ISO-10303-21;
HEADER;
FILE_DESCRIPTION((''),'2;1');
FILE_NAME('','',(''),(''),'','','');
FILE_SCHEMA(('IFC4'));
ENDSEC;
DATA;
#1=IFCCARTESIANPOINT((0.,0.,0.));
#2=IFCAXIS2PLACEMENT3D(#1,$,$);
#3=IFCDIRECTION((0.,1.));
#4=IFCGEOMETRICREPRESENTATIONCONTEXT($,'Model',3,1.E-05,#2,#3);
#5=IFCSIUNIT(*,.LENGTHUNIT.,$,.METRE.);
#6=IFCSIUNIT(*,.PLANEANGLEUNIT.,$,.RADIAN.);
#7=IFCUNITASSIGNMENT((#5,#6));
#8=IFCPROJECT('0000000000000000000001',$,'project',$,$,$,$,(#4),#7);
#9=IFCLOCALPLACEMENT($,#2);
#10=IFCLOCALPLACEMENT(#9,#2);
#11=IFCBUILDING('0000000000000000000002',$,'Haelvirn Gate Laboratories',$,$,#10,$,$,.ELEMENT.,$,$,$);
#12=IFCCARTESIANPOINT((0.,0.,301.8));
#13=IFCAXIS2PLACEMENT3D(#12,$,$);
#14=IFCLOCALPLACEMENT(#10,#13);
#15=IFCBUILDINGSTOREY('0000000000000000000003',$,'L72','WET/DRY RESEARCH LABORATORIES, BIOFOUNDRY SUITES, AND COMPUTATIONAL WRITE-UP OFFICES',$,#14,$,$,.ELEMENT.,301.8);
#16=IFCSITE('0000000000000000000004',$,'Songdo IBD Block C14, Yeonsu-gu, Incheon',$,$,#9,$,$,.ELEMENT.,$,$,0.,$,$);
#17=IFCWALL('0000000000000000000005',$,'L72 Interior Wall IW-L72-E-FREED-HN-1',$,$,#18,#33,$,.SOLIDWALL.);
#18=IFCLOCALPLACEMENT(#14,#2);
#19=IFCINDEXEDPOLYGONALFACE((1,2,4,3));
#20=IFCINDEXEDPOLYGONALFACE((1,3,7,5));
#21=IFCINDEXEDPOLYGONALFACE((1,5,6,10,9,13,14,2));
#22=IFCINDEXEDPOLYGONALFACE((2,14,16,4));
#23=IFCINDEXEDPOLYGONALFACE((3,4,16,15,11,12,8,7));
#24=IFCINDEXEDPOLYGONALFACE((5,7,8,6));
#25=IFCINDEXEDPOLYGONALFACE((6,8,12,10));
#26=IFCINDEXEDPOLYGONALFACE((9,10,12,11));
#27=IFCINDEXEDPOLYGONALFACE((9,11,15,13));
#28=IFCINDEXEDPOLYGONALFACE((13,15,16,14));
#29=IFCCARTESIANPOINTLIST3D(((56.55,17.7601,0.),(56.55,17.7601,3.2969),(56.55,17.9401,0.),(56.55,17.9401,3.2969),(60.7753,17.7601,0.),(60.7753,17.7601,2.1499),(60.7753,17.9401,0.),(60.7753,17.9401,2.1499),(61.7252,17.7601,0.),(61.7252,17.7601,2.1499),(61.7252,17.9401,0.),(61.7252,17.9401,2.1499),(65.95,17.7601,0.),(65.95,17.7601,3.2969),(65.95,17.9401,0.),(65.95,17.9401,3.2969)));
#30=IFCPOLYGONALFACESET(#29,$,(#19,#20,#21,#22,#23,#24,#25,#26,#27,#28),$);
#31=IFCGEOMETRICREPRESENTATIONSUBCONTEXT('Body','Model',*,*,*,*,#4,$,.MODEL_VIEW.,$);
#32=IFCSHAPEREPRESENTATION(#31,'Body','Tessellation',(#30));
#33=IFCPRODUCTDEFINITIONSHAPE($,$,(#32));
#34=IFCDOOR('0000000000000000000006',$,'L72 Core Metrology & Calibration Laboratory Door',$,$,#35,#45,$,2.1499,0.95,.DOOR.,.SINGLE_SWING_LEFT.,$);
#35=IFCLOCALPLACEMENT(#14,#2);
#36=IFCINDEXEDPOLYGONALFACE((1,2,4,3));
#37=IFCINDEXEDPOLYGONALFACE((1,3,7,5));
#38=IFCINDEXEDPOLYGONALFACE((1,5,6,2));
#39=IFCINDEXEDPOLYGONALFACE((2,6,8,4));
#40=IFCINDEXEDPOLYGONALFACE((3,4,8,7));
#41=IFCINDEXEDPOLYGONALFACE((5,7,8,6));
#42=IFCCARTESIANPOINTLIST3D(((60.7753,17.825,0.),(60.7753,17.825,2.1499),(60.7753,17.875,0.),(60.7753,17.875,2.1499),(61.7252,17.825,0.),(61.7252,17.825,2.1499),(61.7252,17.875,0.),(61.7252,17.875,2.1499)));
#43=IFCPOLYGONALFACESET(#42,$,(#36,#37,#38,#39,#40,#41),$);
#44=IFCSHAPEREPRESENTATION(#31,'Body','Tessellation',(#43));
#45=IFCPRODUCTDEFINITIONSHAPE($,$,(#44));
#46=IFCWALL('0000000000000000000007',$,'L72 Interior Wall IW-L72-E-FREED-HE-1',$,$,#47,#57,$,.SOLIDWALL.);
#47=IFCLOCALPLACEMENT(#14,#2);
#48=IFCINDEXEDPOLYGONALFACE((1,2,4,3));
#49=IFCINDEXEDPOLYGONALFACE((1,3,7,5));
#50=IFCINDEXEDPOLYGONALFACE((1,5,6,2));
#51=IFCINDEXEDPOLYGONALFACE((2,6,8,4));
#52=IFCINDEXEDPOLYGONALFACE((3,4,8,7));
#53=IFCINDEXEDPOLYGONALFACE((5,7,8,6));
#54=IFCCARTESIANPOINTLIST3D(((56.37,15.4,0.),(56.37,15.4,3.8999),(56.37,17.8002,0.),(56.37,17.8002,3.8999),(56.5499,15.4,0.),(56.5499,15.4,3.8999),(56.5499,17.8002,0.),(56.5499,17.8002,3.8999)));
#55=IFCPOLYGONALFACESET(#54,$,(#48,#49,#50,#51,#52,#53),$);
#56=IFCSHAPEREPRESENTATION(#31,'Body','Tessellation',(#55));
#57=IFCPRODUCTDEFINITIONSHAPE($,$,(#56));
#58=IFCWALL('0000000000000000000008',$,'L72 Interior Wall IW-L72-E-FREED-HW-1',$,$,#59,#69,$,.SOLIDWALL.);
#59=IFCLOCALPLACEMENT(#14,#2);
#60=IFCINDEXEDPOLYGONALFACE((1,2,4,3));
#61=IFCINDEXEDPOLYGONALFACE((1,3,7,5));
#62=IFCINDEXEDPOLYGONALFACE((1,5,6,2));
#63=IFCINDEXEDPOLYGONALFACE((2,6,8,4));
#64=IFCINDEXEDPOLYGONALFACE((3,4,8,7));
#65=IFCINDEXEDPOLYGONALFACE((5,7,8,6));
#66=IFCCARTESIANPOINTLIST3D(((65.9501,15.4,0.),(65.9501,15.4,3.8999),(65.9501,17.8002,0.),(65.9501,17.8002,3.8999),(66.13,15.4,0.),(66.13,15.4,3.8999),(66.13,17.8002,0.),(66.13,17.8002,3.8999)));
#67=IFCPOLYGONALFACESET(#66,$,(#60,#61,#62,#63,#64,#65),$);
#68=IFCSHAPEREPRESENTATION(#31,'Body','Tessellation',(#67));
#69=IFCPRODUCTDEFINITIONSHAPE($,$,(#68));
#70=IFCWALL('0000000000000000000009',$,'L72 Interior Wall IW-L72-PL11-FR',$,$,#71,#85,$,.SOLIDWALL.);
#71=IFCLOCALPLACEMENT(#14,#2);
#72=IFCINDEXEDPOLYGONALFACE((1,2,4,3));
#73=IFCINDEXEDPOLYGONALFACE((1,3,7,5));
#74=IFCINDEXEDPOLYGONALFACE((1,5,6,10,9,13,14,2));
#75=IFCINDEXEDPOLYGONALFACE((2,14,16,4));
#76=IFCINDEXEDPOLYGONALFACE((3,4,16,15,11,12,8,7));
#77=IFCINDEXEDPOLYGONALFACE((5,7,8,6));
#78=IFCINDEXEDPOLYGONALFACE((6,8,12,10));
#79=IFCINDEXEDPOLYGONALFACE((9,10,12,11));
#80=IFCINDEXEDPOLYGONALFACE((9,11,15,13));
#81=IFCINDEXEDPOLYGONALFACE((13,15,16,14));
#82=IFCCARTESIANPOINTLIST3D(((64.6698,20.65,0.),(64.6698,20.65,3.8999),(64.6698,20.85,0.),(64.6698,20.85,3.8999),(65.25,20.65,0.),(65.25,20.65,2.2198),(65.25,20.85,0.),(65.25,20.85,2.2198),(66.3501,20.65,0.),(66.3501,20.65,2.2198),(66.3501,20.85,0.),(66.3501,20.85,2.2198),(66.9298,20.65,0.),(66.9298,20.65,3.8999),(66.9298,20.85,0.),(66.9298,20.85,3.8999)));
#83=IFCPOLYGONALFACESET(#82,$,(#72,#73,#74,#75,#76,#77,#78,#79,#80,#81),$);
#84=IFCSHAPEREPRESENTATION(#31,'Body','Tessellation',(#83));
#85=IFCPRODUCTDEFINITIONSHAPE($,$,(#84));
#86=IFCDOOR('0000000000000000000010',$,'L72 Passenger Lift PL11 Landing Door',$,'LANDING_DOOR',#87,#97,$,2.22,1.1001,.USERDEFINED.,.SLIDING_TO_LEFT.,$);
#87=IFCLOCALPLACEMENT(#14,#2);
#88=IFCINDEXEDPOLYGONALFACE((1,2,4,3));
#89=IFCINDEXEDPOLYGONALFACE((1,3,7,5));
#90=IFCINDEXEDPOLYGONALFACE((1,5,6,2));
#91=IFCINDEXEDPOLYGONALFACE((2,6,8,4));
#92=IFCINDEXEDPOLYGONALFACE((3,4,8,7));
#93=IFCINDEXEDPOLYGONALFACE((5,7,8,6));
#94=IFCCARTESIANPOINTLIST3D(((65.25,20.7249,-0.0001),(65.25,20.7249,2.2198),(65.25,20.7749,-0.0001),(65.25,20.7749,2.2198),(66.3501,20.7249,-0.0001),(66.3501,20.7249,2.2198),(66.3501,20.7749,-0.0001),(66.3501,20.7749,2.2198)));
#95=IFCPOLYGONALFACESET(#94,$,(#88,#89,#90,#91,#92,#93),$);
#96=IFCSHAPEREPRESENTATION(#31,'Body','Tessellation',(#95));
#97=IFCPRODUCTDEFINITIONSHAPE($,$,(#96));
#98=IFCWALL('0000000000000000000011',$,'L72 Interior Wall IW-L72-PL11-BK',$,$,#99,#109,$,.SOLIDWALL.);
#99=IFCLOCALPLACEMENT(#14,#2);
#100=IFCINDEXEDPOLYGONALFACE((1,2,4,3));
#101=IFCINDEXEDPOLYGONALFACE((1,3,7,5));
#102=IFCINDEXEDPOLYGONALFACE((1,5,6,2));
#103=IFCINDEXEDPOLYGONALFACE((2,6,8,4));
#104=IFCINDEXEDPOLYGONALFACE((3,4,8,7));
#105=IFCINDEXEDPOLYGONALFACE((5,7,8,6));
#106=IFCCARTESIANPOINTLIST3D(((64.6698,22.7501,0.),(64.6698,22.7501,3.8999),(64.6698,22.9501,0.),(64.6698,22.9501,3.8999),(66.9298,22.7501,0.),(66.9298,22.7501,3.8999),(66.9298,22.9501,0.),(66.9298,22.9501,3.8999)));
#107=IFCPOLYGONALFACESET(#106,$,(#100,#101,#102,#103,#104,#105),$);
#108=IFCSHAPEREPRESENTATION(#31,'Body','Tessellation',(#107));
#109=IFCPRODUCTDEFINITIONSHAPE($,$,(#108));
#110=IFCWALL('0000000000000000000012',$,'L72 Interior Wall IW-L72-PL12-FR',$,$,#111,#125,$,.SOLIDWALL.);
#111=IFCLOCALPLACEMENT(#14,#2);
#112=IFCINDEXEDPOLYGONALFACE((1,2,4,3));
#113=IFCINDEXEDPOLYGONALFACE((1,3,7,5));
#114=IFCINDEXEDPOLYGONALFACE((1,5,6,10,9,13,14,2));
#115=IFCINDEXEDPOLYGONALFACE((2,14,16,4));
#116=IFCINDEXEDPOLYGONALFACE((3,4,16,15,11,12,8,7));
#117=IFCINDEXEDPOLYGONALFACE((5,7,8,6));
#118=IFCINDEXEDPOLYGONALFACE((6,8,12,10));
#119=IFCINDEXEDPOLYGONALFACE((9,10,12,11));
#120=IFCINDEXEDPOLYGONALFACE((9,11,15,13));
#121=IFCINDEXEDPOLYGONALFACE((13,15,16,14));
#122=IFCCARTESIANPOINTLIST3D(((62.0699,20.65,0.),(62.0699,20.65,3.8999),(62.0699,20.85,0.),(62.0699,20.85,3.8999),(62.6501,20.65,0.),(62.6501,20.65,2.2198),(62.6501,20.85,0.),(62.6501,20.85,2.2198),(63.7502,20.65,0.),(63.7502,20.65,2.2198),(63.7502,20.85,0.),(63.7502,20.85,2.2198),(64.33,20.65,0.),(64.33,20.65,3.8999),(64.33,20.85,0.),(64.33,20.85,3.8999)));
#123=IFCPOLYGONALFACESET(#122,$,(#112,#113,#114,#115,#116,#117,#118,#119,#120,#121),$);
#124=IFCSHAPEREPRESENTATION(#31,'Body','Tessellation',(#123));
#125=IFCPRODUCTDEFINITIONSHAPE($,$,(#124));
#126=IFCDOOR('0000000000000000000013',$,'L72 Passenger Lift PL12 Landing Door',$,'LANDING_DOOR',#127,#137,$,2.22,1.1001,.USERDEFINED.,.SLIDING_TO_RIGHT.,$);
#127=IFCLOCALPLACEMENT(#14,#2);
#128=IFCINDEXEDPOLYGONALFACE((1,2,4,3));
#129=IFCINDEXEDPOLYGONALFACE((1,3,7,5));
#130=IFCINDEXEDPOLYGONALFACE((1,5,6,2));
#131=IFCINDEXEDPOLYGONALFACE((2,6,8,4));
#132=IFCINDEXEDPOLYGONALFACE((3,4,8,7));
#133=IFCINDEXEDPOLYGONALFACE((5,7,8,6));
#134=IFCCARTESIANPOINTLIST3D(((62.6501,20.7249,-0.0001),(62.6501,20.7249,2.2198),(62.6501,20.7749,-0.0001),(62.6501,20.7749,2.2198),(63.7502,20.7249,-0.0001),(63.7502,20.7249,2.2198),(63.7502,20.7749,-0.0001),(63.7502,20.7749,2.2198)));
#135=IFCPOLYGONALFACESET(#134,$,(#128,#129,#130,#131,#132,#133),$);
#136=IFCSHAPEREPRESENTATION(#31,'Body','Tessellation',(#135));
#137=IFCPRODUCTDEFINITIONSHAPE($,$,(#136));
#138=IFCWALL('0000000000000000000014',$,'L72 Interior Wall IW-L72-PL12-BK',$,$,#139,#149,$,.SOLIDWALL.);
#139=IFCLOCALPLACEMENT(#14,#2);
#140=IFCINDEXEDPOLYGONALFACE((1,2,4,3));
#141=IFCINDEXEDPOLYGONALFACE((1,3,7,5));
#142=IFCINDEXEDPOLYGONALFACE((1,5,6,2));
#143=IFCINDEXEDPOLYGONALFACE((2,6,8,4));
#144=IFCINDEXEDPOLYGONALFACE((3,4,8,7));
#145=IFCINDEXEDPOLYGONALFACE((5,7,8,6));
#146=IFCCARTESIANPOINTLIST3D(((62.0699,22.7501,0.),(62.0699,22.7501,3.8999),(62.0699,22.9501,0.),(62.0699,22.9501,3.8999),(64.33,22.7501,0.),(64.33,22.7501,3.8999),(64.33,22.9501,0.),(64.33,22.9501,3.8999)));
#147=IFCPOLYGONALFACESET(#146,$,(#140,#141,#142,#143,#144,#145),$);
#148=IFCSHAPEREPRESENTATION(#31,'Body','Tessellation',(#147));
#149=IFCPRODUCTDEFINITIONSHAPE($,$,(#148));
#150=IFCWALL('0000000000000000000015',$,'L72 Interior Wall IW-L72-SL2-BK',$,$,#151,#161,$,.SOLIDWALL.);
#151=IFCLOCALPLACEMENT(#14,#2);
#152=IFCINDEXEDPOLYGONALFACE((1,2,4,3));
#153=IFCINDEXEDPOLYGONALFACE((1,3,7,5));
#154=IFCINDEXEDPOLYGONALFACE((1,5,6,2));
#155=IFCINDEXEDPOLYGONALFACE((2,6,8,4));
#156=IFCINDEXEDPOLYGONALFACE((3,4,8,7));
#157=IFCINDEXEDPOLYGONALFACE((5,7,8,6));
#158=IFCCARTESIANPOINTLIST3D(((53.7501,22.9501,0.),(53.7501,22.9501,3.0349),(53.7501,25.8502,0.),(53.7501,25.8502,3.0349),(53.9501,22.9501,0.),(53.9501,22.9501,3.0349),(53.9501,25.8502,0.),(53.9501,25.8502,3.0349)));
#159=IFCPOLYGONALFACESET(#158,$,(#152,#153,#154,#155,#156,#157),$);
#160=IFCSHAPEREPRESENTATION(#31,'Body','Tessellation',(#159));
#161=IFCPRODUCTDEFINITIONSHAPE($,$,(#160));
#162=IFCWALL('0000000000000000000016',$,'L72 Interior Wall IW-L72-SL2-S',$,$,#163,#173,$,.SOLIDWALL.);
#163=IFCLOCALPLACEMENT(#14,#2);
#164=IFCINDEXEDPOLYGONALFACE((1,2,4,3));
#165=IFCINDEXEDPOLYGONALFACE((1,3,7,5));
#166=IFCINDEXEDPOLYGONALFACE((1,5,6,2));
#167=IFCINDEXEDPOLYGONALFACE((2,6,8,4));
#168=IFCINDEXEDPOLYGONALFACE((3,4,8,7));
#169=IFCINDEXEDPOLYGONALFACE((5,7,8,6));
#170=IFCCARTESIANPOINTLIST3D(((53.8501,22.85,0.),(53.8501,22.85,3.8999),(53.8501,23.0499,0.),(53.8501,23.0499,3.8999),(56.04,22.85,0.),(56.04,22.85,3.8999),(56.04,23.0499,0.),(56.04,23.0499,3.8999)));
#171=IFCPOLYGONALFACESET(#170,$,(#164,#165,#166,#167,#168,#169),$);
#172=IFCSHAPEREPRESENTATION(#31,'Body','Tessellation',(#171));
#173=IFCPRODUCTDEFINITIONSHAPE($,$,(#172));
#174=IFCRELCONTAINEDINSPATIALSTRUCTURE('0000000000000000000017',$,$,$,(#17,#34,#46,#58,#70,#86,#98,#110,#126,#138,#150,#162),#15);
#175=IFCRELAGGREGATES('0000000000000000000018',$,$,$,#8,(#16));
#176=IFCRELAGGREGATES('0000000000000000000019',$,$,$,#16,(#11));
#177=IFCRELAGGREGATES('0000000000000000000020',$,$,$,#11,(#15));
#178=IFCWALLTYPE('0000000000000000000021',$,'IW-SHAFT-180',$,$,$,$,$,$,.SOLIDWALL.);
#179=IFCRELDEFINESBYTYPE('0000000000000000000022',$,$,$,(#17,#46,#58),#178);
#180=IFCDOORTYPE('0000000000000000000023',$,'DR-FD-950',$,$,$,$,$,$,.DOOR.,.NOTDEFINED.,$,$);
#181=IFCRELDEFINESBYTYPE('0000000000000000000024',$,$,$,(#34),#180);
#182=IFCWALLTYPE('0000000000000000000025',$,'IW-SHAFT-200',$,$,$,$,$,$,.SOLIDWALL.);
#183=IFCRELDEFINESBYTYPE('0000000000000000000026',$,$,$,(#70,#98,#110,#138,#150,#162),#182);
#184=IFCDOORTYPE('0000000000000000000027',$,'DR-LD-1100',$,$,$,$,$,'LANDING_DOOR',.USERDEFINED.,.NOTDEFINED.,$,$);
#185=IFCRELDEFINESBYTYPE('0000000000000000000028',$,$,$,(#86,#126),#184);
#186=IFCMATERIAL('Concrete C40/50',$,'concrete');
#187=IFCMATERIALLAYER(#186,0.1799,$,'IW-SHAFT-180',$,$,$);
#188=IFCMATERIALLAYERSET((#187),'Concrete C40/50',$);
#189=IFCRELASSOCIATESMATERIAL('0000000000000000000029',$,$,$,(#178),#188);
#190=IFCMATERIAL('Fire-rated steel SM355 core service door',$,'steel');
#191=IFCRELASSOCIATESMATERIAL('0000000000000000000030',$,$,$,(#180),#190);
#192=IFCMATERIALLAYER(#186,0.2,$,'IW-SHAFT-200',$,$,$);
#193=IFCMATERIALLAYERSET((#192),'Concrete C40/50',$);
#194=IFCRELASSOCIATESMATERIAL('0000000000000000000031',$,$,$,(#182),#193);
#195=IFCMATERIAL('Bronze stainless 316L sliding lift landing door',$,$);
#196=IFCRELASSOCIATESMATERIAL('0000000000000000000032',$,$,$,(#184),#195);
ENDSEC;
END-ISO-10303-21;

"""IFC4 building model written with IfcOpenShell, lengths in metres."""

from ifc_helpers import new_model, si_unit, direction, frame, frame_2d, origin, place, context, subcontext, project, spatial, rectangle, extrude, source, transform, mapped, material, layer, layer_set, type_object, type_shapes, element, fill, save


model = new_model("IFC4")

# Units and contexts
model_context = context("Model", 3, precision=1e-05, world=origin(), true_north=direction((0.0, 1.0)))
body_context = subcontext(model_context, "Body", "Model", "MODEL_VIEW")
ifc_project = project(units=[si_unit("LENGTHUNIT", "METRE"), si_unit("PLANEANGLEUNIT", "RADIAN")], contexts=[model_context])

# Site, building, storey
site_placement = place(None, origin())
site = spatial("IfcSite", under=ifc_project, at=site_placement, Name="Songdo IBD Block C14, Yeonsu-gu, Incheon", CompositionType="ELEMENT", RefElevation=0.0)
building_placement = place(site_placement, origin())
building = spatial("IfcBuilding", under=site, at=building_placement, Name="Haelvirn Gate Laboratories", CompositionType="ELEMENT")
storey_placement = place(building_placement, frame((0.0, 0.0, 301.8)))
storey = spatial("IfcBuildingStorey", under=building, at=storey_placement, Name="L72", Description="WET/DRY RESEARCH LABORATORIES, BIOFOUNDRY SUITES, AND COMPUTATIONAL WRITE-UP OFFICES", CompositionType="ELEMENT", Elevation=301.8)

# Shared definitions
ifc_material_1 = material(Name="Concrete C40/50", Category="concrete")
ifc_layer_1 = layer(ifc_material_1, 0.1799, Name="IW-SHAFT-180")
ifc_layer_set_1 = layer_set([ifc_layer_1], Name="Concrete C40/50")
wall_type_1 = type_object("IfcWallType", Name="IW-SHAFT-180", PredefinedType="SOLIDWALL", material=ifc_layer_set_1)

# Wall, opening, door
wall_1_placement = place(storey_placement, frame((56.55, 17.8501, 0.0), z_axis=(0.0, 0.0, 1.0), x_axis=(1.0, 0.0, 0.0)))
wall_1 = element("IfcWall", 1, at=wall_1_placement, inside=storey, type_object=wall_type_1, Name="L72 Interior Wall IW-L72-E-FREED-HN-1", PredefinedType="SOLIDWALL", context=body_context, shape_type="SweptSolid", body=[
    extrude(rectangle(XDim=9.3999, YDim=0.1799, at=frame_2d((4.7, 0.0))), origin(), (0.0, 0.0, 1.0), 3.2969),
])
opening_1_placement = place(wall_1_placement, frame((4.2251, 0.0, 0.0)))
opening_1 = element("IfcOpeningElement", 2, at=opening_1_placement, cuts=wall_1, PredefinedType="OPENING", context=body_context, shape_type="SweptSolid", body=[
    extrude(rectangle(XDim=0.95, YDim=2.1499, at=frame_2d((0.4751, 1.075))), frame((0.0, 0.1001, 0.0), z_axis=(0.0, -1.0, 0.0), x_axis=(1.0, 0.0, 0.0)), (0.0, 0.0, 1.0), 0.2),
])
ifc_material_2 = material(Name="Fire-rated steel SM355 core service door", Category="steel")
door_type_1 = type_object("IfcDoorType", Name="DR-FD-950", OperationType="NOTDEFINED", PredefinedType="DOOR", material=ifc_material_2)
shared_shape_1 = source(origin(), body_context, "Body", "SweptSolid", [
    extrude(rectangle(XDim=0.95, YDim=2.1499, at=frame_2d((0.4751, 1.075))), frame((0.0, 0.0249, 0.0), z_axis=(0.0, -1.0, 0.0), x_axis=(1.0, 0.0, 0.0)), (0.0, 0.0, 1.0), 0.05),
])
type_shapes(door_type_1, [shared_shape_1])
door_1_placement = place(opening_1_placement, origin())
door_1 = element("IfcDoor", 3, at=door_1_placement, inside=storey, type_object=door_type_1, Name="L72 Core Metrology & Calibration Laboratory Door", OperationType="SINGLE_SWING_LEFT", OverallHeight=2.1499, OverallWidth=0.95, PredefinedType="DOOR", context=body_context, shape_type="MappedRepresentation", body=[
    mapped(shared_shape_1, transform((0.0, 0.0, 0.0), scale=1.0)),
])
fill(opening_1, door_1)

# Walls
for number, where, z_axis, x_axis, name in (
    (4, (56.46, 15.3999, 0.0), (0.0, 0.0, 1.0), (0.0, 1.0, 0.0), "L72 Interior Wall IW-L72-E-FREED-HE-1"),
    (5, (66.04, 15.3999, 0.0), (0.0, 0.0, 1.0), (0.0, 1.0, 0.0), "L72 Interior Wall IW-L72-E-FREED-HW-1"),
):
    element("IfcWall", number, at=place(storey_placement, frame(where, z_axis=z_axis, x_axis=x_axis)), inside=storey, type_object=wall_type_1, Name=name, PredefinedType="SOLIDWALL", context=body_context, shape_type="SweptSolid", body=[
        extrude(rectangle(XDim=2.4001, YDim=0.1799, at=frame_2d((1.2002, 0.0))), origin(), (0.0, 0.0, 1.0), 3.8999),
    ])

# Wall, opening, door
ifc_layer_2 = layer(ifc_material_1, 0.2, Name="IW-SHAFT-200")
ifc_layer_set_2 = layer_set([ifc_layer_2], Name="Concrete C40/50")
wall_type_2 = type_object("IfcWallType", Name="IW-SHAFT-200", PredefinedType="SOLIDWALL", material=ifc_layer_set_2)
wall_2_placement = place(storey_placement, frame((64.6699, 20.75, 0.0), z_axis=(0.0, 0.0, 1.0), x_axis=(1.0, 0.0, 0.0)))
wall_2 = element("IfcWall", 6, at=wall_2_placement, inside=storey, type_object=wall_type_2, Name="L72 Interior Wall IW-L72-PL11-FR", PredefinedType="SOLIDWALL", context=body_context, shape_type="SweptSolid", body=[
    extrude(rectangle(XDim=2.26, YDim=0.2, at=frame_2d((1.1299, 0.0))), origin(), (0.0, 0.0, 1.0), 3.8999),
])
opening_2_placement = place(wall_2_placement, frame((0.5801, 0.0, 0.0)))
opening_2 = element("IfcOpeningElement", 7, at=opening_2_placement, cuts=wall_2, PredefinedType="OPENING", context=body_context, shape_type="SweptSolid", body=[
    extrude(rectangle(XDim=1.1001, YDim=2.22, at=frame_2d((0.55, 1.1099))), frame((0.0, 0.1099, 0.0), z_axis=(0.0, -1.0, 0.0), x_axis=(1.0, 0.0, 0.0)), (0.0, 0.0, 1.0), 0.22),
])
ifc_material_3 = material(Name="Bronze stainless 316L sliding lift landing door")
door_type_2 = type_object("IfcDoorType", Name="DR-LD-1100", ElementType="LANDING_DOOR", OperationType="NOTDEFINED", PredefinedType="USERDEFINED", material=ifc_material_3)
shared_shape_2 = source(origin(), body_context, "Body", "SweptSolid", [
    extrude(rectangle(XDim=1.1001, YDim=2.22, at=frame_2d((0.55, 1.1099))), frame((0.0, 0.0249, 0.0), z_axis=(0.0, -1.0, 0.0), x_axis=(1.0, 0.0, 0.0)), (0.0, 0.0, 1.0), 0.05),
])
type_shapes(door_type_2, [shared_shape_2])
door_2_placement = place(opening_2_placement, origin())
door_2 = element("IfcDoor", 8, at=door_2_placement, inside=storey, type_object=door_type_2, Name="L72 Passenger Lift PL11 Landing Door", ObjectType="LANDING_DOOR", OperationType="SLIDING_TO_LEFT", OverallHeight=2.22, OverallWidth=1.1001, PredefinedType="USERDEFINED", context=body_context, shape_type="MappedRepresentation", body=[
    mapped(shared_shape_2, transform((0.0, 0.0, 0.0), scale=1.0)),
])
fill(opening_2, door_2)

# Wall
wall_3_placement = place(storey_placement, frame((64.6699, 22.8501, 0.0), z_axis=(0.0, 0.0, 1.0), x_axis=(1.0, 0.0, 0.0)))
element("IfcWall", 9, at=wall_3_placement, inside=storey, type_object=wall_type_2, Name="L72 Interior Wall IW-L72-PL11-BK", PredefinedType="SOLIDWALL", context=body_context, shape_type="SweptSolid", body=[
    extrude(rectangle(XDim=2.26, YDim=0.2, at=frame_2d((1.1299, 0.0))), origin(), (0.0, 0.0, 1.0), 3.8999),
])

# Wall, opening, door
wall_4_placement = place(storey_placement, frame((62.0701, 20.75, 0.0), z_axis=(0.0, 0.0, 1.0), x_axis=(1.0, 0.0, 0.0)))
wall_4 = element("IfcWall", 10, at=wall_4_placement, inside=storey, type_object=wall_type_2, Name="L72 Interior Wall IW-L72-PL12-FR", PredefinedType="SOLIDWALL", context=body_context, shape_type="SweptSolid", body=[
    extrude(rectangle(XDim=2.26, YDim=0.2, at=frame_2d((1.1299, 0.0))), origin(), (0.0, 0.0, 1.0), 3.8999),
])
opening_3_placement = place(wall_4_placement, frame((0.5801, 0.0, 0.0)))
opening_3 = element("IfcOpeningElement", 11, at=opening_3_placement, cuts=wall_4, PredefinedType="OPENING", context=body_context, shape_type="SweptSolid", body=[
    extrude(rectangle(XDim=1.1001, YDim=2.22, at=frame_2d((0.55, 1.1099))), frame((0.0, 0.1099, 0.0), z_axis=(0.0, -1.0, 0.0), x_axis=(1.0, 0.0, 0.0)), (0.0, 0.0, 1.0), 0.22),
])
door_3_placement = place(opening_3_placement, origin())
door_3 = element("IfcDoor", 12, at=door_3_placement, inside=storey, type_object=door_type_2, Name="L72 Passenger Lift PL12 Landing Door", ObjectType="LANDING_DOOR", OperationType="SLIDING_TO_RIGHT", OverallHeight=2.22, OverallWidth=1.1001, PredefinedType="USERDEFINED", context=body_context, shape_type="MappedRepresentation", body=[
    mapped(shared_shape_2, transform((0.0, 0.0, 0.0), scale=1.0)),
])
fill(opening_3, door_3)

# Walls
wall_5_placement = place(storey_placement, frame((62.0701, 22.8501, 0.0), z_axis=(0.0, 0.0, 1.0), x_axis=(1.0, 0.0, 0.0)))
element("IfcWall", 13, at=wall_5_placement, inside=storey, type_object=wall_type_2, Name="L72 Interior Wall IW-L72-PL12-BK", PredefinedType="SOLIDWALL", context=body_context, shape_type="SweptSolid", body=[
    extrude(rectangle(XDim=2.26, YDim=0.2, at=frame_2d((1.1299, 0.0))), origin(), (0.0, 0.0, 1.0), 3.8999),
])
wall_6_placement = place(storey_placement, frame((53.8501, 22.95, 0.0), z_axis=(0.0, 0.0, 1.0), x_axis=(0.0, 1.0, 0.0)))
element("IfcWall", 14, at=wall_6_placement, inside=storey, type_object=wall_type_2, Name="L72 Interior Wall IW-L72-SL2-BK", PredefinedType="SOLIDWALL", context=body_context, shape_type="SweptSolid", body=[
    extrude(rectangle(XDim=2.9001, YDim=0.2, at=frame_2d((1.4502, 0.0))), origin(), (0.0, 0.0, 1.0), 3.0349),
])
wall_7_placement = place(storey_placement, frame((53.8501, 22.95, 0.0), z_axis=(0.0, 0.0, 1.0), x_axis=(1.0, 0.0, 0.0)))
element("IfcWall", 15, at=wall_7_placement, inside=storey, type_object=wall_type_2, Name="L72 Interior Wall IW-L72-SL2-S", PredefinedType="SOLIDWALL", context=body_context, shape_type="SweptSolid", body=[
    extrude(rectangle(XDim=2.1899, YDim=0.2, at=frame_2d((1.095, 0.0))), origin(), (0.0, 0.0, 1.0), 3.8999),
])

save(model, "model.ifc")
